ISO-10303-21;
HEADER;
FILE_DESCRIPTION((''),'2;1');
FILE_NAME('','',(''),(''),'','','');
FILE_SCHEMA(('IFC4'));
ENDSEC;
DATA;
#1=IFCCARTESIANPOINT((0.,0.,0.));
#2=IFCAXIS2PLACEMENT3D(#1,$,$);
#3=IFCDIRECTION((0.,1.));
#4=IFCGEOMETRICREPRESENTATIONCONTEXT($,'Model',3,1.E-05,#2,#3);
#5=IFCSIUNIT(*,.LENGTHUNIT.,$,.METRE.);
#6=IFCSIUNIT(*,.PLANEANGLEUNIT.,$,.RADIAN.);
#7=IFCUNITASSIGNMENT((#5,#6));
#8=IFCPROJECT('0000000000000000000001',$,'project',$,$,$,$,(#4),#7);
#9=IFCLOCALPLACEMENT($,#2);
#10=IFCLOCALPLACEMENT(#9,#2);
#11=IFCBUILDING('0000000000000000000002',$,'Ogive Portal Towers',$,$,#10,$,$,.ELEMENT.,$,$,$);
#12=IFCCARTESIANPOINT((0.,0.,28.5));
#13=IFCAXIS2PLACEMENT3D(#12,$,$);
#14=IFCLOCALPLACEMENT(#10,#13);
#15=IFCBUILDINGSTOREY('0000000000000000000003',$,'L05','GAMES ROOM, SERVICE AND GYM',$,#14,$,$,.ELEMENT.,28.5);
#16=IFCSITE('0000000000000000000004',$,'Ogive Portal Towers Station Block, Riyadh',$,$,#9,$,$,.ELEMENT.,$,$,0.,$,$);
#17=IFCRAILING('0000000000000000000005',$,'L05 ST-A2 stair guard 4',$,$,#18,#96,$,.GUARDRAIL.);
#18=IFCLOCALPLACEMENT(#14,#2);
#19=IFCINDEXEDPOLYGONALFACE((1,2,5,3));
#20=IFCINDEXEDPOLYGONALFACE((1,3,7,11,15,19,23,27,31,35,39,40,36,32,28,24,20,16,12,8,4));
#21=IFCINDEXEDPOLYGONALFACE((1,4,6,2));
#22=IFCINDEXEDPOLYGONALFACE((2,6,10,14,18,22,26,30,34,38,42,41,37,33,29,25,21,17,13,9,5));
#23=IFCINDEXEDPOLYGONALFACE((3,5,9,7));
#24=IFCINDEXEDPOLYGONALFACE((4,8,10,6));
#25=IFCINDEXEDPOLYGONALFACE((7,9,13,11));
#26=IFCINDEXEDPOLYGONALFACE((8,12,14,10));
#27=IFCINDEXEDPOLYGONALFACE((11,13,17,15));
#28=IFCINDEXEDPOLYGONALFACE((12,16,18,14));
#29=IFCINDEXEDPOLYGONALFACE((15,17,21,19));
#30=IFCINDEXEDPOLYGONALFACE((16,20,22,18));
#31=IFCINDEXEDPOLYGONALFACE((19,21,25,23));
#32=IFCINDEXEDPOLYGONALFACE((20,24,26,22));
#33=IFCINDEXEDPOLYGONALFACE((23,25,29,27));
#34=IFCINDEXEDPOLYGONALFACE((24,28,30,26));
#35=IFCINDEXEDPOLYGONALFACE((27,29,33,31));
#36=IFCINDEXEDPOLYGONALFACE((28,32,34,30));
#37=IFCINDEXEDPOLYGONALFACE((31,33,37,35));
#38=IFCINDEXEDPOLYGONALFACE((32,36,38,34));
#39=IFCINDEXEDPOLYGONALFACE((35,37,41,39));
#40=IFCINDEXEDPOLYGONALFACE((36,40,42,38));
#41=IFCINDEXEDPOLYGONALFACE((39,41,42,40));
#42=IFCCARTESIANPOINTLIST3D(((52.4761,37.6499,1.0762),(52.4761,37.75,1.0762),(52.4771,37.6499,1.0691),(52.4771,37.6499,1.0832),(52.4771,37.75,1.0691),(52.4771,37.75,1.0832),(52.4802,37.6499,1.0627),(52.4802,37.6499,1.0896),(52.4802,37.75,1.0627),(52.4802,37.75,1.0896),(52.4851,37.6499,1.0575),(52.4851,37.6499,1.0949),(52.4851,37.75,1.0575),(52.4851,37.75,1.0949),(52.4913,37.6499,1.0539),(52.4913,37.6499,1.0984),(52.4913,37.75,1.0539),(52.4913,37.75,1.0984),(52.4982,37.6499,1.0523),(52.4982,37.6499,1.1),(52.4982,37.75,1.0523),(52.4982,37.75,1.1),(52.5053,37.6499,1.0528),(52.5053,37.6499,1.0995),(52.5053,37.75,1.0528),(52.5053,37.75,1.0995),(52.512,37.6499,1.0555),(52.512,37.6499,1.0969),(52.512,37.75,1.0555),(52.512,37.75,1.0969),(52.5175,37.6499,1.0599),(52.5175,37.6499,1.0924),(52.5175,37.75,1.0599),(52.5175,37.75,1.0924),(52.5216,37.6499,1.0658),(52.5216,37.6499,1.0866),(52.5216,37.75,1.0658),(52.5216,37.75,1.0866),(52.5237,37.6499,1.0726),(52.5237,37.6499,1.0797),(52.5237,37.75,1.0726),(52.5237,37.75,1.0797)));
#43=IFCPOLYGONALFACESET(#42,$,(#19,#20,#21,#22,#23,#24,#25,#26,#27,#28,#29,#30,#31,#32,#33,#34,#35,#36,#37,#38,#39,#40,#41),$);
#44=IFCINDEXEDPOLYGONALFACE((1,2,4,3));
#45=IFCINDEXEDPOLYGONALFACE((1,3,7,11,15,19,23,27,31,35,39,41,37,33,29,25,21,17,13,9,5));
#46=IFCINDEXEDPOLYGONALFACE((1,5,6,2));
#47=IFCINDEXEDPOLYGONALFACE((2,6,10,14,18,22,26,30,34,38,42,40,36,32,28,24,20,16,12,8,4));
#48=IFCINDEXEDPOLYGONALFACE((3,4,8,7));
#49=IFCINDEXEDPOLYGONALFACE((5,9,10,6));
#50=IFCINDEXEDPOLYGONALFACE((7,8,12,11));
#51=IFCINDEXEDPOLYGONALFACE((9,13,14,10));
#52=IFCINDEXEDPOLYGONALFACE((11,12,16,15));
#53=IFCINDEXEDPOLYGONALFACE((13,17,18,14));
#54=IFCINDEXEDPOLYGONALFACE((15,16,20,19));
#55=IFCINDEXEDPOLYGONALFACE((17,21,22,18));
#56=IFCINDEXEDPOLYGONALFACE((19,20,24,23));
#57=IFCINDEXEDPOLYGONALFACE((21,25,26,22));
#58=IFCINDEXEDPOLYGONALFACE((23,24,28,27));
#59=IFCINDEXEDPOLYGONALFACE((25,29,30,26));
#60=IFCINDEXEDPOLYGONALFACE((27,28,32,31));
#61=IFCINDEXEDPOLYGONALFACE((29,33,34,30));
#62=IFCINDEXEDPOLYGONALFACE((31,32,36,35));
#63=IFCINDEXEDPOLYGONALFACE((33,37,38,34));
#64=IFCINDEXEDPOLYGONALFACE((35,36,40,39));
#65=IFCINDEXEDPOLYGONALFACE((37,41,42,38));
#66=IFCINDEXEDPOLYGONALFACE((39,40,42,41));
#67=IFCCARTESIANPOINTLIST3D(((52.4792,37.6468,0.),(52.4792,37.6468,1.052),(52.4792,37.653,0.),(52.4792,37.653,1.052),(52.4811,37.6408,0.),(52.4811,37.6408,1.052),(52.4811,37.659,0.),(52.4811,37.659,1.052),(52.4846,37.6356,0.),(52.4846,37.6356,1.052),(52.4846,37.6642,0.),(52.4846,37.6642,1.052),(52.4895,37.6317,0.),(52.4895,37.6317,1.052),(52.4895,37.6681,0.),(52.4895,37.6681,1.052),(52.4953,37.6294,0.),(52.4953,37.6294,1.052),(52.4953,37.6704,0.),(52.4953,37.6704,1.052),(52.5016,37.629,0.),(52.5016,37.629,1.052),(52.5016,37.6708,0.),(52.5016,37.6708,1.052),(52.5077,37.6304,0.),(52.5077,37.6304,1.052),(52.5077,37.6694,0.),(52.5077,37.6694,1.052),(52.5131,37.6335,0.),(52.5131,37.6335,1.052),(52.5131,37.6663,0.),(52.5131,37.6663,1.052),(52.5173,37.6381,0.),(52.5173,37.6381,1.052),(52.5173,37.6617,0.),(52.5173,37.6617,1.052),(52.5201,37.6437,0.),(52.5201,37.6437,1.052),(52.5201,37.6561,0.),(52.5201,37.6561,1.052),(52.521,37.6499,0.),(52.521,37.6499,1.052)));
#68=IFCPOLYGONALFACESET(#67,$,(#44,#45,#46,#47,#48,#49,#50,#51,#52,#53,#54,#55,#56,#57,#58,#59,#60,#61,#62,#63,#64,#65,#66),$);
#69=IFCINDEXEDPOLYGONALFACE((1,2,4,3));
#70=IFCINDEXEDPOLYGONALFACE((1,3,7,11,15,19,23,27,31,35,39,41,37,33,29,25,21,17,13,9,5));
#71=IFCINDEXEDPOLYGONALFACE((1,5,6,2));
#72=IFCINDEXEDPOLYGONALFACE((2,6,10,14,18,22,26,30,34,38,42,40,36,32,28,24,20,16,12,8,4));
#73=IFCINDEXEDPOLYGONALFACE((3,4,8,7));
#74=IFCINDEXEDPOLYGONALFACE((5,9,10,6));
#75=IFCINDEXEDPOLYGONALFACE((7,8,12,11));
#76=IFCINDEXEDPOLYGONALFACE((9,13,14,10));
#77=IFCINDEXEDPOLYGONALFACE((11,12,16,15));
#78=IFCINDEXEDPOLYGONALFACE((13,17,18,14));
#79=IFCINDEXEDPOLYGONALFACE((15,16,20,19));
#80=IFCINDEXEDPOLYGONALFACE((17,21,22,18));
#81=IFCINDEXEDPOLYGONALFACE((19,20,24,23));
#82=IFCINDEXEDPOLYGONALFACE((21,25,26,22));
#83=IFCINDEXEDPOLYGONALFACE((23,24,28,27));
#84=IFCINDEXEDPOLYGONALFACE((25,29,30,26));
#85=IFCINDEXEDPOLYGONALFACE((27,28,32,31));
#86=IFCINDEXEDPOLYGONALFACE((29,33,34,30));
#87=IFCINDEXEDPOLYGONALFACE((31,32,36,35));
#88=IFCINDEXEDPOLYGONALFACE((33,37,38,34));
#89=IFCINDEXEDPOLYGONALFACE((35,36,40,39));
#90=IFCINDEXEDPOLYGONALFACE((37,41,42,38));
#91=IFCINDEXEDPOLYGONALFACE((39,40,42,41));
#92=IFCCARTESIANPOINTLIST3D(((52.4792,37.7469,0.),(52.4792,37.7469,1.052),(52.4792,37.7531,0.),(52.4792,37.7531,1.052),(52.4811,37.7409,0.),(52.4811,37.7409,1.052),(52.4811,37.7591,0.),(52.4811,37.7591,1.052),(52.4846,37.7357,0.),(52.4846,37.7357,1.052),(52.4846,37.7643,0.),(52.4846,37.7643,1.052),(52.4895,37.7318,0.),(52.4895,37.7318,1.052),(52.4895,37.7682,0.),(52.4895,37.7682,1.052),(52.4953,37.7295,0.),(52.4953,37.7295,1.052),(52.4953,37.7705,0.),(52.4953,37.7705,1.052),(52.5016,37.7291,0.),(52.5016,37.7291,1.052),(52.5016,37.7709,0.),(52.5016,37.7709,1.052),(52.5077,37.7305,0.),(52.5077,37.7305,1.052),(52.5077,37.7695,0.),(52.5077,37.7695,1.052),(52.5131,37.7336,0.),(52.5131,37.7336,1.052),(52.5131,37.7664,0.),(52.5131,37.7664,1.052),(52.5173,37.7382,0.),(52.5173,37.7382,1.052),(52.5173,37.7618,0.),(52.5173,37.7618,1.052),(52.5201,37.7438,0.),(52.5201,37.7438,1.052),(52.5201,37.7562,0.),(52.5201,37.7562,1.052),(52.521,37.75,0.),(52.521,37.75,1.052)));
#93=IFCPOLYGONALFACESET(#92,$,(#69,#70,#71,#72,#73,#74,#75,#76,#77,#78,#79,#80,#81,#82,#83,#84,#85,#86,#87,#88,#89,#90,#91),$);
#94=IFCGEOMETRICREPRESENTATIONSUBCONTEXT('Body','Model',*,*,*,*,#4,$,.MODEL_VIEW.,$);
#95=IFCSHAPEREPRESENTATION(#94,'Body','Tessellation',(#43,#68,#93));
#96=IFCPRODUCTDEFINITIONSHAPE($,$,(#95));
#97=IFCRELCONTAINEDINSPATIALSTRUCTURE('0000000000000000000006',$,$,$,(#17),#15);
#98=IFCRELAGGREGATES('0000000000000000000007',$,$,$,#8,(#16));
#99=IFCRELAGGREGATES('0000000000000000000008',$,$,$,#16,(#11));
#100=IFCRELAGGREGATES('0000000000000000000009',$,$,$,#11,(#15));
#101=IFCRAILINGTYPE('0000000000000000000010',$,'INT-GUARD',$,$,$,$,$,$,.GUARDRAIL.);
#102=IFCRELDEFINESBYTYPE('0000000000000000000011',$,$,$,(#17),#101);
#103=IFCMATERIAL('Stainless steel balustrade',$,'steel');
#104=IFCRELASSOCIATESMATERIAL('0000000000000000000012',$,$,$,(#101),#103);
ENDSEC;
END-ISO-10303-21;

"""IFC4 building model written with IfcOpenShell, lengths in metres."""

from ifc_helpers import new_model, si_unit, direction, frame, origin, origin_2d, place, context, subcontext, project, spatial, circle, extrude, material, type_object, element, save


model = new_model("IFC4")

# Units and contexts
model_context = context("Model", 3, precision=1e-05, world=origin(), true_north=direction((0.0, 1.0)))
body_context = subcontext(model_context, "Body", "Model", "MODEL_VIEW")
ifc_project = project(units=[si_unit("LENGTHUNIT", "METRE"), si_unit("PLANEANGLEUNIT", "RADIAN")], contexts=[model_context])

# Site, building, storey
site_placement = place(None, origin())
site = spatial("IfcSite", under=ifc_project, at=site_placement, Name="Ogive Portal Towers Station Block, Riyadh", CompositionType="ELEMENT", RefElevation=0.0)
building_placement = place(site_placement, origin())
building = spatial("IfcBuilding", under=site, at=building_placement, Name="Ogive Portal Towers", CompositionType="ELEMENT")
storey_placement = place(building_placement, frame((0.0, 0.0, 28.5)))
storey = spatial("IfcBuildingStorey", under=building, at=storey_placement, Name="L05", Description="GAMES ROOM, SERVICE AND GYM", CompositionType="ELEMENT", Elevation=28.5)

# Railing
ifc_material_1 = material(Name="Stainless steel balustrade", Category="steel")
railing_type_1 = type_object("IfcRailingType", Name="INT-GUARD", PredefinedType="GUARDRAIL", material=ifc_material_1)
railing_1_placement = place(storey_placement, frame((52.5, 37.6499, 0.0)))
element("IfcRailing", 1, at=railing_1_placement, inside=storey, type_object=railing_type_1, Name="L05 ST-A2 stair guard 4", PredefinedType="GUARDRAIL", context=body_context, shape_type="SweptSolid", body=[
    extrude(circle(Radius=0.0239, at=origin_2d()), frame((0.0, 0.0, 1.0762), z_axis=(0.0, 1.0, 0.0), x_axis=(-1.0, 0.0, 0.0)), (0.0, 0.0, 1.0), 0.1001),
    extrude(circle(Radius=0.021, at=origin_2d()), origin(), (0.0, 0.0, 1.0), 1.052),
    extrude(circle(Radius=0.021, at=origin_2d()), frame((0.0, 0.1001, 0.0)), (0.0, 0.0, 1.0), 1.052),
])

save(model, "model.ifc")
